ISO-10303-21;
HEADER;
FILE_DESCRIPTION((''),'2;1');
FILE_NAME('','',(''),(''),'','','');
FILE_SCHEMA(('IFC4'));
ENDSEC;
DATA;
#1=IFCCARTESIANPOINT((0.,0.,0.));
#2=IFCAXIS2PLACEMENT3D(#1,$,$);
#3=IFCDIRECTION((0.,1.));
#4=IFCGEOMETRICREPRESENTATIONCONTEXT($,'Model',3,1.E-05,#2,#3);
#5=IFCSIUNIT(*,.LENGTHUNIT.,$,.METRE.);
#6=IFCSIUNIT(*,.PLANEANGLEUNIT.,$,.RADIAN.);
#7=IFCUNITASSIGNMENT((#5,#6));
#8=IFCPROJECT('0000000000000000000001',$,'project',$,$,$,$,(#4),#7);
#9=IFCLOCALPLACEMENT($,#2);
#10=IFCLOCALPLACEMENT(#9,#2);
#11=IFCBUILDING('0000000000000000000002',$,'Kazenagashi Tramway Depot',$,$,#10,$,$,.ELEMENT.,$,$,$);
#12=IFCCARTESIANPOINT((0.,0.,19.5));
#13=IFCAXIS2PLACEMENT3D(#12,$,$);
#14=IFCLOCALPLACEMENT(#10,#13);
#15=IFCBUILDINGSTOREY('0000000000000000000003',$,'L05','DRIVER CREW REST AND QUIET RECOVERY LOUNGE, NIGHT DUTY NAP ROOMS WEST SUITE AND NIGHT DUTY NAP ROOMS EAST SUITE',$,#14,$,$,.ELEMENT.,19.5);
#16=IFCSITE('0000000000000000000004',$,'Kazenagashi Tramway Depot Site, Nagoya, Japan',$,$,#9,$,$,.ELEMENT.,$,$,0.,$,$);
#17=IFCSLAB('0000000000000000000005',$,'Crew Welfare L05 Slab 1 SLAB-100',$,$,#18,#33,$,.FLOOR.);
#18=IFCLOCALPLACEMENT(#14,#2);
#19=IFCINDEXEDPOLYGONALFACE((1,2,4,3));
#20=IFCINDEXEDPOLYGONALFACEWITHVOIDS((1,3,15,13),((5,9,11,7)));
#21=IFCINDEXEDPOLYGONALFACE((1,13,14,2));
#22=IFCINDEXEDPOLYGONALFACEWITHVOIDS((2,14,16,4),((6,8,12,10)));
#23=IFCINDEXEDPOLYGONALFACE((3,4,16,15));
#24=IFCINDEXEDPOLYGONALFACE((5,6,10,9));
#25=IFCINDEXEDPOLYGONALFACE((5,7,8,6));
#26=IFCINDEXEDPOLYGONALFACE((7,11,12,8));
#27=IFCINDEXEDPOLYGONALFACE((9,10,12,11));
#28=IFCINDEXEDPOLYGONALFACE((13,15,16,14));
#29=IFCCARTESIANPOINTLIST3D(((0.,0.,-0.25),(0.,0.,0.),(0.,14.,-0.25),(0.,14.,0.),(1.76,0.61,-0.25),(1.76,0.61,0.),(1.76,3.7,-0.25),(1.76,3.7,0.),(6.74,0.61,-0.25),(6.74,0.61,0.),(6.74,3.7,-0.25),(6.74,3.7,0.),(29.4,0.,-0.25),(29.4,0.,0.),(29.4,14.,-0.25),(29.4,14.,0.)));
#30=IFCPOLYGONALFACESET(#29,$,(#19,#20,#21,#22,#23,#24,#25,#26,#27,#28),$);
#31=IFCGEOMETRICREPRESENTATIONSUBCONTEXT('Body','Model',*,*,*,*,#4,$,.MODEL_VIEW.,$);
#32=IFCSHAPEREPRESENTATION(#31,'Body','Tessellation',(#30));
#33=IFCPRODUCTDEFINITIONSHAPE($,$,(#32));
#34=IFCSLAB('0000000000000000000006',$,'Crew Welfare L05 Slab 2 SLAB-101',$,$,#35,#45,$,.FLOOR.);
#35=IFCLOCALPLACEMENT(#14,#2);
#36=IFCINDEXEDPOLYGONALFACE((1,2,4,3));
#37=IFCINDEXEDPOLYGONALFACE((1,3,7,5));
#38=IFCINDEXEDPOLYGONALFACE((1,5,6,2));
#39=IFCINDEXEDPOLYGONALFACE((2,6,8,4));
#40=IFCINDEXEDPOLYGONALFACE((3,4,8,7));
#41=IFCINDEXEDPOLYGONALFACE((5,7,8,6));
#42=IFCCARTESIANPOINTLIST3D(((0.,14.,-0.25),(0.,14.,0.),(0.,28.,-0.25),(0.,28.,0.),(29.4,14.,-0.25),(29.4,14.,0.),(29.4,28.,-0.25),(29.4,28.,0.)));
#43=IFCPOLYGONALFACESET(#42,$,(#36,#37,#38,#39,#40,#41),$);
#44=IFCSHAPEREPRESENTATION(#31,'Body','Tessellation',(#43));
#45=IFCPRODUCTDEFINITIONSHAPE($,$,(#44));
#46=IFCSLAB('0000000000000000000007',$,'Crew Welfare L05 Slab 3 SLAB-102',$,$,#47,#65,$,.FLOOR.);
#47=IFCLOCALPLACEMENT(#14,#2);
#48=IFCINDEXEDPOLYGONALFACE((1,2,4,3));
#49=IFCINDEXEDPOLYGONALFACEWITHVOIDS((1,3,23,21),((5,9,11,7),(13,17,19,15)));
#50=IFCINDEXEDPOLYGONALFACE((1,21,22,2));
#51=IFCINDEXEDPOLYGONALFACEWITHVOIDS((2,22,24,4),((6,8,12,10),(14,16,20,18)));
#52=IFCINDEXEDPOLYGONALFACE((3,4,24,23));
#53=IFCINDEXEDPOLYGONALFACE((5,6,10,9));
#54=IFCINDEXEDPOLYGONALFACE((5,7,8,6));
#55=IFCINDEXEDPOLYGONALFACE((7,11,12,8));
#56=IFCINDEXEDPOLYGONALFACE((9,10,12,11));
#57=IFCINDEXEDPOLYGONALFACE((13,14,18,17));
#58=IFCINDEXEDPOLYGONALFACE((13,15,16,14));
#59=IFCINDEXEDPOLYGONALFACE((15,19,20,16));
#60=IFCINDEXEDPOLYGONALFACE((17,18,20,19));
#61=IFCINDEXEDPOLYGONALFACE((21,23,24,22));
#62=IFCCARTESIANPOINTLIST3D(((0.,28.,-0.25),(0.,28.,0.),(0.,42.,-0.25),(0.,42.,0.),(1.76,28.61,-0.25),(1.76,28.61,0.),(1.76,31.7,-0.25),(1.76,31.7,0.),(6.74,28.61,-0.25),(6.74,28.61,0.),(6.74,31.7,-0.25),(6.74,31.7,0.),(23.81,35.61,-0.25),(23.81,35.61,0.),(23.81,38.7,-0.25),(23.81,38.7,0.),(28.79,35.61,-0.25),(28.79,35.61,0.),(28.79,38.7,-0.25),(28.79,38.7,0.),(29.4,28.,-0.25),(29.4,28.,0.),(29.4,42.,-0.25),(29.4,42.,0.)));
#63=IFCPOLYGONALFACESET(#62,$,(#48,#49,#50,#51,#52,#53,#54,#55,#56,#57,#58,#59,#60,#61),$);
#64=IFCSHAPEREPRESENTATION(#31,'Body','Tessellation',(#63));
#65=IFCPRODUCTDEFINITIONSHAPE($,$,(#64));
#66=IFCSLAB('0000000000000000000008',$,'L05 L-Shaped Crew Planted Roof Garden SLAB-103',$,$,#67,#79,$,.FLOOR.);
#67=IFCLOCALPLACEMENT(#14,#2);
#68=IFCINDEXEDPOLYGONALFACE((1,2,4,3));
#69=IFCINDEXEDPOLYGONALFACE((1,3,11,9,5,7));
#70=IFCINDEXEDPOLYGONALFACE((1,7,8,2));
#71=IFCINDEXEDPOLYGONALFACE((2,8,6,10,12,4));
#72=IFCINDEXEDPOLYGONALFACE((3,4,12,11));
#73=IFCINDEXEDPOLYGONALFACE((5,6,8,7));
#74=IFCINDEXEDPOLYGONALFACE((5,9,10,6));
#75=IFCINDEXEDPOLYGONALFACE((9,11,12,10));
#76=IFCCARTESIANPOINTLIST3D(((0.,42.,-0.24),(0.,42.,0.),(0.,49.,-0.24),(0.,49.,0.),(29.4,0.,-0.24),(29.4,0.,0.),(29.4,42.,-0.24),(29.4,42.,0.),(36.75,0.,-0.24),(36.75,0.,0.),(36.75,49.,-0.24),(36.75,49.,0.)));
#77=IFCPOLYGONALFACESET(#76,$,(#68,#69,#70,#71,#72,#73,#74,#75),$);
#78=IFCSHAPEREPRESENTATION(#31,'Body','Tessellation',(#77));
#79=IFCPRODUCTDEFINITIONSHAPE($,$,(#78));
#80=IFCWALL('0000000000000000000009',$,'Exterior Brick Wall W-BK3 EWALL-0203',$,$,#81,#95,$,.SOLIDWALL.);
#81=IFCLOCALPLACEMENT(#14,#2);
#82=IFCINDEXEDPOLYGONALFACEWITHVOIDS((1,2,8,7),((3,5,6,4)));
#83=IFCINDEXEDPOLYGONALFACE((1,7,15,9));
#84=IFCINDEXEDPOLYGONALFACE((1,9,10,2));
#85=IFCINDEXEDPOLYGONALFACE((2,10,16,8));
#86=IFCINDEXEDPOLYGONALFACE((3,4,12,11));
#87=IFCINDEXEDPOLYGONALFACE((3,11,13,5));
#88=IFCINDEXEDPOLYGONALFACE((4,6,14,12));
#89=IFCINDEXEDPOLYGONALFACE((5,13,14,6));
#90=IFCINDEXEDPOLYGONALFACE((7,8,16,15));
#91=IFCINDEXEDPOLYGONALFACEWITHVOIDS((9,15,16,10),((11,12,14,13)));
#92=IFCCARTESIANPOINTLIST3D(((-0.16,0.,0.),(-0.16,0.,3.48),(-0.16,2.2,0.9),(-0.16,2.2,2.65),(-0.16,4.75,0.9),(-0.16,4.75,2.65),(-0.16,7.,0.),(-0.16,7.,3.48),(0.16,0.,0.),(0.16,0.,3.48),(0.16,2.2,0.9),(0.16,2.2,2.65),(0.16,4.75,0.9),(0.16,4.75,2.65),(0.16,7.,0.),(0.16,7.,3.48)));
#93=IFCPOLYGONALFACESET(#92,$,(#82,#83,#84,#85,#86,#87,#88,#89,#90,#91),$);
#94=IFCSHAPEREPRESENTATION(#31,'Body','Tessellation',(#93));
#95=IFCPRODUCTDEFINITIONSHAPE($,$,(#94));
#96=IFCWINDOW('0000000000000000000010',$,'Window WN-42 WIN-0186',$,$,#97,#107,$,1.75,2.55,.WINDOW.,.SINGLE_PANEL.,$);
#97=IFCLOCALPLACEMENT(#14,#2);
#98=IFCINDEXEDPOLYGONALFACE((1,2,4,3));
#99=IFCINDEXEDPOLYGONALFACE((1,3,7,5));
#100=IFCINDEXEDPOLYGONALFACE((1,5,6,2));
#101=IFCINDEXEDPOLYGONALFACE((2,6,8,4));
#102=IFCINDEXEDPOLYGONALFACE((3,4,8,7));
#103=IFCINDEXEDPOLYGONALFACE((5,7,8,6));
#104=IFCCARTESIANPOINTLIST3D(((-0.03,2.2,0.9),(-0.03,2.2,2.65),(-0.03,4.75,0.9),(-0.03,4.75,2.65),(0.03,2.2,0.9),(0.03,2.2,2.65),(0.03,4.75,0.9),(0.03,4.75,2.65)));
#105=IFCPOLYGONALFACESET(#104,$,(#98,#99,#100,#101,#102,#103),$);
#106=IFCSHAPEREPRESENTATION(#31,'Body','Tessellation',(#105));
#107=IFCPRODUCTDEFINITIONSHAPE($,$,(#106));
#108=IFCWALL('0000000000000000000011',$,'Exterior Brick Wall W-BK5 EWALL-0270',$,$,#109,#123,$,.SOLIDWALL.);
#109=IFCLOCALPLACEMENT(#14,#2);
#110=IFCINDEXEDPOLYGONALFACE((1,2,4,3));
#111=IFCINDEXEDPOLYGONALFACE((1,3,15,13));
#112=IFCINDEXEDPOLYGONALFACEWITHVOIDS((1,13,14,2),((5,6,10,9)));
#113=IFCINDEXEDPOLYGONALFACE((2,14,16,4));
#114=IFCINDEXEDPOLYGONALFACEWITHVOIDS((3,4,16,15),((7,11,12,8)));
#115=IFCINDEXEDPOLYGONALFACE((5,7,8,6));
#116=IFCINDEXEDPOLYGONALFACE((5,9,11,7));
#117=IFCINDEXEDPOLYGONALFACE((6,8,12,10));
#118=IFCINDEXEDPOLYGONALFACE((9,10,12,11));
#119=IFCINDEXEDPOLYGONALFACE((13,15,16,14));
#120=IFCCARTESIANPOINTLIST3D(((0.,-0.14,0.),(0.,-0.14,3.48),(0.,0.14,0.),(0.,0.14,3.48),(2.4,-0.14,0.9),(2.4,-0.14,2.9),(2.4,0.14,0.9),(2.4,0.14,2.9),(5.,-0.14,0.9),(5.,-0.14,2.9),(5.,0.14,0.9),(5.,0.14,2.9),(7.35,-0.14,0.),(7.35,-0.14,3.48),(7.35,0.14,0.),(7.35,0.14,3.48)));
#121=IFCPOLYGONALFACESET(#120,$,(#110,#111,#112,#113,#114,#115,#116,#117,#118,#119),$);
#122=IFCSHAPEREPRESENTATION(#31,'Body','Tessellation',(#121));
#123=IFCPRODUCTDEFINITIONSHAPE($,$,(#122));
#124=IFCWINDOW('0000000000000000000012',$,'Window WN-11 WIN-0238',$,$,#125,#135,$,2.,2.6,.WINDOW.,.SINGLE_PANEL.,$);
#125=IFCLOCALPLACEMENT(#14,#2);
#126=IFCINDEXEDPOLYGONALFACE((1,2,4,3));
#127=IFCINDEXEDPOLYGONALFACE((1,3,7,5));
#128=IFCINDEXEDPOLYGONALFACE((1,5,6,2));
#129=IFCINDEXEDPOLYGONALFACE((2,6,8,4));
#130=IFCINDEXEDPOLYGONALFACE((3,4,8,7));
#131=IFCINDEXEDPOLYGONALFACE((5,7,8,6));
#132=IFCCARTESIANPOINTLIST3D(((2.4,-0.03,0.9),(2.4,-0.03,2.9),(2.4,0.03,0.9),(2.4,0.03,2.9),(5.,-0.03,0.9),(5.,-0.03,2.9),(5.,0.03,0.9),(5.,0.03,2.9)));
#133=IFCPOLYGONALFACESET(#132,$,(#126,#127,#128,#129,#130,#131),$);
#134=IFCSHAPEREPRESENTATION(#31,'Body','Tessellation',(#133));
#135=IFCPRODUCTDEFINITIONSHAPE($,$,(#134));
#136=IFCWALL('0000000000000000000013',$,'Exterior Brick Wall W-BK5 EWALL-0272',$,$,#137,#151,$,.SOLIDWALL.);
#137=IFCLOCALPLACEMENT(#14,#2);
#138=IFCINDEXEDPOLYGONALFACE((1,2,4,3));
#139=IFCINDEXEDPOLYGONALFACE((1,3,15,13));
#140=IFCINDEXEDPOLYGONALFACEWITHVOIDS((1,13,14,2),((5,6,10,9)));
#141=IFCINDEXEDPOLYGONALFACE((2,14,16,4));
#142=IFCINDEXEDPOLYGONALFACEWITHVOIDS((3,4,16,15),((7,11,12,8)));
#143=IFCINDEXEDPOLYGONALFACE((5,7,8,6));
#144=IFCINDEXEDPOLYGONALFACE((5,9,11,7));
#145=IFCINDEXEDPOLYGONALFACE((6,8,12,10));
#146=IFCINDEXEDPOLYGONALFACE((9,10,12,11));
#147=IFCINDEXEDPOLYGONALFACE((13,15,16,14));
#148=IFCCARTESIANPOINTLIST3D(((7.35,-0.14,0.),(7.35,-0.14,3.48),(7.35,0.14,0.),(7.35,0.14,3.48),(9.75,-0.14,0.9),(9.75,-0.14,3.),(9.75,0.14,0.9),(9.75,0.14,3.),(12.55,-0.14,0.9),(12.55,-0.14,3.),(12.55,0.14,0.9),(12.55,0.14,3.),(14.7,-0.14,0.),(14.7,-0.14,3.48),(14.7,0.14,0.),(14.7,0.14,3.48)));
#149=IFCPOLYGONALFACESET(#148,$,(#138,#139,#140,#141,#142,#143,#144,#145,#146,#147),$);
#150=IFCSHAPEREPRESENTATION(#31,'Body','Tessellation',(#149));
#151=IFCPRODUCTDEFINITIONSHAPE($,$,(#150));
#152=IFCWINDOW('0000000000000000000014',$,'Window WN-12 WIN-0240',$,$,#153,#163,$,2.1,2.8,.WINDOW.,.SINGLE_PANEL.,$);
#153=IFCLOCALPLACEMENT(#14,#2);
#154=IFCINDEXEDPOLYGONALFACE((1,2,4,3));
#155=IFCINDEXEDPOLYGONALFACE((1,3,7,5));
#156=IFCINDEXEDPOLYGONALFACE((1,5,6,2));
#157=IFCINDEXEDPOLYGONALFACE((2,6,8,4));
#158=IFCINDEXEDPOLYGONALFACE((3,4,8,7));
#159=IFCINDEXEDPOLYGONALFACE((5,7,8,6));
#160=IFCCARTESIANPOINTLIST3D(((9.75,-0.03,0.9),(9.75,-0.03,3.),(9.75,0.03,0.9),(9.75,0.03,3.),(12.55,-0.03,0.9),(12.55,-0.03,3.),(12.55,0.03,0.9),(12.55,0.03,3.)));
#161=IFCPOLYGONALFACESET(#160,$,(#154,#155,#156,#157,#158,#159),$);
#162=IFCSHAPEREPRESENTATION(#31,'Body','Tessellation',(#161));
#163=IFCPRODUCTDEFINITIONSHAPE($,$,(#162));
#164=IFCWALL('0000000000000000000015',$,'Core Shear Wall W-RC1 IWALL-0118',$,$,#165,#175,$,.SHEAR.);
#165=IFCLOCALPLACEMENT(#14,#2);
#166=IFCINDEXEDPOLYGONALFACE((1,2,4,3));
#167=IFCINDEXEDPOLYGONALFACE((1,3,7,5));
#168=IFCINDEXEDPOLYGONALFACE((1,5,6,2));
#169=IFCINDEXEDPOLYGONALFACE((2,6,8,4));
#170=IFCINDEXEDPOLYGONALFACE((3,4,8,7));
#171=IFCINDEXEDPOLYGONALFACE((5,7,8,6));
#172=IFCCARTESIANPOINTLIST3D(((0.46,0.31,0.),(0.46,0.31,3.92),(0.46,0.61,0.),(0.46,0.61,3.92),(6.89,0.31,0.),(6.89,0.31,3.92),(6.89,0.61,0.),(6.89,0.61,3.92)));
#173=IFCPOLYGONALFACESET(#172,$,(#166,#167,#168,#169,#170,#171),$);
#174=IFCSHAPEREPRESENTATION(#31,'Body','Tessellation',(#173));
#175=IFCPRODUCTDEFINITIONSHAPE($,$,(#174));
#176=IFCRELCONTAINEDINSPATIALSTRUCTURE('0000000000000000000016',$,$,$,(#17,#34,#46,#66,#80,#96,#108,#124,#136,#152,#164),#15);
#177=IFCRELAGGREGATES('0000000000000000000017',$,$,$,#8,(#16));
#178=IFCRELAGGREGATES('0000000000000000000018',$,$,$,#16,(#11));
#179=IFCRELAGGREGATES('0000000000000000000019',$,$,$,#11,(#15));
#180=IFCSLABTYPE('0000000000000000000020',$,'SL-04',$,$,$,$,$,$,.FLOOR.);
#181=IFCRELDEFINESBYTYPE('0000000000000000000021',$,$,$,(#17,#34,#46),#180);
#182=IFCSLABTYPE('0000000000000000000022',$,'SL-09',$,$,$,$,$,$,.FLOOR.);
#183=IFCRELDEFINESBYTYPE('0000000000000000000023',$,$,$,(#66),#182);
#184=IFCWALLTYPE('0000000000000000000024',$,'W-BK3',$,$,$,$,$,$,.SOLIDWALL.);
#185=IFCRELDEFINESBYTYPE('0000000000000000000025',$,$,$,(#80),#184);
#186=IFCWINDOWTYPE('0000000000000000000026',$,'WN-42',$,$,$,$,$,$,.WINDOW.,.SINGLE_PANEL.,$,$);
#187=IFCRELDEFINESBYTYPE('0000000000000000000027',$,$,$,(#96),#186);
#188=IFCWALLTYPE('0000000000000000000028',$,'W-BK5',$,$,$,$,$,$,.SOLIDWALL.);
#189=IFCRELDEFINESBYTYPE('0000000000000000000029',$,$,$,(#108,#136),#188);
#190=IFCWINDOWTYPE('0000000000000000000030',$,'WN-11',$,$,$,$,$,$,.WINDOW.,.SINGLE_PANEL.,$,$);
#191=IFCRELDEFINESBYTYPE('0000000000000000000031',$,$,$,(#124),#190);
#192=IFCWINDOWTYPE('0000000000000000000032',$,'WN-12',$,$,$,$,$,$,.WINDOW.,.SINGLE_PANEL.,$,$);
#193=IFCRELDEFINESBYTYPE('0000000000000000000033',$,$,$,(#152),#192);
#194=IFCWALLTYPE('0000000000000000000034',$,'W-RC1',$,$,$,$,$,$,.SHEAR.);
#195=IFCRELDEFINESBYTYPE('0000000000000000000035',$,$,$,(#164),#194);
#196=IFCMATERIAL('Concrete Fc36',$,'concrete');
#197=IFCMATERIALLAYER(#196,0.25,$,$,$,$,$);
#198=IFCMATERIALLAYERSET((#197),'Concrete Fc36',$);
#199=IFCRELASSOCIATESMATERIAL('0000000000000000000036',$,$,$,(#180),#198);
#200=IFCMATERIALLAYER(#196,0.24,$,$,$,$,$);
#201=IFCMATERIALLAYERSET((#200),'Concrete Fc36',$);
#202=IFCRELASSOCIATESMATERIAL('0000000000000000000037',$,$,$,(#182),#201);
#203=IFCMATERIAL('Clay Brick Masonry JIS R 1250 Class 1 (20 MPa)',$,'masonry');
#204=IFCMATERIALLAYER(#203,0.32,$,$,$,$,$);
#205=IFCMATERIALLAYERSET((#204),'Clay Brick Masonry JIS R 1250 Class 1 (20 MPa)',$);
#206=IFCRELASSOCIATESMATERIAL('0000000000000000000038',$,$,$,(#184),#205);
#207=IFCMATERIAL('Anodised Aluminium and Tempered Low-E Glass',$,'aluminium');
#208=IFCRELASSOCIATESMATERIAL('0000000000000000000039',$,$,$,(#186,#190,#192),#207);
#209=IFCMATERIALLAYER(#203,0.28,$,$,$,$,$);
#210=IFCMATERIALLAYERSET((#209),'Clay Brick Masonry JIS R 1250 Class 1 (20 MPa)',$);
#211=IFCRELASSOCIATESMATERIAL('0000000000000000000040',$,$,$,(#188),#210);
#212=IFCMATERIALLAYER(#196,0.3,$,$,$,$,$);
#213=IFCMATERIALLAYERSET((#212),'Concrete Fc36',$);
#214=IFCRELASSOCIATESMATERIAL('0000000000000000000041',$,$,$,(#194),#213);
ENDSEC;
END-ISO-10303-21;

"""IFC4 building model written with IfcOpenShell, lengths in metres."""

from ifc_helpers import new_model, si_unit, direction, frame, frame_2d, origin, origin_with_axes, place, context, subcontext, project, spatial, polyline, rectangle, outline, extrude, material, layer, layer_set, type_object, element, fill, save


model = new_model("IFC4")

# Units and contexts
model_context = context("Model", 3, precision=1e-05, world=origin(), true_north=direction((0.0, 1.0)))
body_context = subcontext(model_context, "Body", "Model", "MODEL_VIEW")
ifc_project = project(units=[si_unit("LENGTHUNIT", "METRE"), si_unit("PLANEANGLEUNIT", "RADIAN")], contexts=[model_context])

# Site, building, storey
site_placement = place(None, origin())
site = spatial("IfcSite", under=ifc_project, at=site_placement, Name="Kazenagashi Tramway Depot Site, Nagoya, Japan", CompositionType="ELEMENT", RefElevation=0.0)
building_placement = place(site_placement, origin())
building = spatial("IfcBuilding", under=site, at=building_placement, Name="Kazenagashi Tramway Depot", CompositionType="ELEMENT")
storey_placement = place(building_placement, frame((0.0, 0.0, 19.5)))
storey = spatial("IfcBuildingStorey", under=building, at=storey_placement, Name="L05", Description="DRIVER CREW REST AND QUIET RECOVERY LOUNGE, NIGHT DUTY NAP ROOMS WEST SUITE AND NIGHT DUTY NAP ROOMS EAST SUITE", CompositionType="ELEMENT", Elevation=19.5)

# Slabs
ifc_material_1 = material(Name="Concrete Fc36", Category="concrete")
ifc_layer_1 = layer(ifc_material_1, 0.25)
ifc_layer_set_1 = layer_set([ifc_layer_1], Name="Concrete Fc36")
slab_type_1 = type_object("IfcSlabType", Name="SL-04", PredefinedType="FLOOR", material=ifc_layer_set_1)
slab_1_placement = place(storey_placement, frame((0.0, 0.0, -0.25)))
element("IfcSlab", 1, at=slab_1_placement, inside=storey, type_object=slab_type_1, Name="Crew Welfare L05 Slab 1 SLAB-100", PredefinedType="FLOOR", context=body_context, shape_type="SweptSolid", body=[
    extrude(outline(polyline([(0.0, 14.0), (29.4, 14.0), (29.4, 0.0), (0.0, 0.0), (0.0, 14.0)]), holes=[polyline([(6.74, 3.7), (1.76, 3.7), (1.76, 0.61), (6.74, 0.61), (6.74, 3.7)])]), origin(), (0.0, 0.0, 1.0), 0.25),
])
slab_2_placement = place(storey_placement, frame((0.0, 0.0, -0.25)))
element("IfcSlab", 2, at=slab_2_placement, inside=storey, type_object=slab_type_1, Name="Crew Welfare L05 Slab 2 SLAB-101", PredefinedType="FLOOR", context=body_context, shape_type="SweptSolid", body=[
    extrude(outline(polyline([(0.0, 14.0), (29.4, 14.0), (29.4, 28.0), (0.0, 28.0), (0.0, 14.0)])), origin(), (0.0, 0.0, 1.0), 0.25),
])
slab_3_placement = place(storey_placement, frame((0.0, 0.0, -0.25)))
element("IfcSlab", 3, at=slab_3_placement, inside=storey, type_object=slab_type_1, Name="Crew Welfare L05 Slab 3 SLAB-102", PredefinedType="FLOOR", context=body_context, shape_type="SweptSolid", body=[
    extrude(outline(polyline([(0.0, 42.0), (29.4, 42.0), (29.4, 28.0), (0.0, 28.0), (0.0, 42.0)]), holes=[polyline([(6.74, 28.61), (6.74, 31.7), (1.76, 31.7), (1.76, 28.61), (6.74, 28.61)]), polyline([(28.79, 35.61), (28.79, 38.7), (23.81, 38.7), (23.81, 35.61), (28.79, 35.61)])]), origin(), (0.0, 0.0, 1.0), 0.25),
])
ifc_layer_2 = layer(ifc_material_1, 0.24)
ifc_layer_set_2 = layer_set([ifc_layer_2], Name="Concrete Fc36")
slab_type_2 = type_object("IfcSlabType", Name="SL-09", PredefinedType="FLOOR", material=ifc_layer_set_2)
slab_4_placement = place(storey_placement, frame((0.0, 0.0, -0.24)))
element("IfcSlab", 4, at=slab_4_placement, inside=storey, type_object=slab_type_2, Name="L05 L-Shaped Crew Planted Roof Garden SLAB-103", PredefinedType="FLOOR", context=body_context, shape_type="SweptSolid", body=[
    extrude(outline(polyline([(0.0, 42.0), (29.4, 42.0), (29.4, 0.0), (36.75, 0.0), (36.75, 49.0), (0.0, 49.0), (0.0, 42.0)])), origin(), (0.0, 0.0, 1.0), 0.24),
])

# Walls, openings, windows
ifc_material_2 = material(Name="Clay Brick Masonry JIS R 1250 Class 1 (20 MPa)", Category="masonry")
ifc_layer_3 = layer(ifc_material_2, 0.32)
ifc_layer_set_3 = layer_set([ifc_layer_3], Name="Clay Brick Masonry JIS R 1250 Class 1 (20 MPa)")
wall_type_1 = type_object("IfcWallType", Name="W-BK3", PredefinedType="SOLIDWALL", material=ifc_layer_set_3)
wall_1_placement = place(storey_placement, frame((0.0, 0.0, 0.0), z_axis=(0.0, 0.0, 1.0), x_axis=(0.0, 1.0, 0.0)))
wall_1 = element("IfcWall", 5, at=wall_1_placement, inside=storey, type_object=wall_type_1, Name="Exterior Brick Wall W-BK3 EWALL-0203", PredefinedType="SOLIDWALL", context=body_context, shape_type="SweptSolid", body=[
    extrude(rectangle(XDim=7.0, YDim=0.32, at=frame_2d((3.5, 0.0))), origin(), (0.0, 0.0, 1.0), 3.48),
])
opening_1_placement = place(wall_1_placement, frame((2.2, 0.0, 0.9)))
opening_1 = element("IfcOpeningElement", 6, at=opening_1_placement, cuts=wall_1, PredefinedType="OPENING", context=body_context, shape_type="SweptSolid", body=[
    extrude(rectangle(XDim=2.55, YDim=1.75, at=frame_2d((1.275, 0.875))), frame((0.0, 0.17, 0.0), z_axis=(0.0, -1.0, 0.0), x_axis=(1.0, 0.0, 0.0)), (0.0, 0.0, 1.0), 0.34),
])
ifc_material_3 = material(Name="Anodised Aluminium and Tempered Low-E Glass", Category="aluminium")
window_type_1 = type_object("IfcWindowType", Name="WN-42", PartitioningType="SINGLE_PANEL", PredefinedType="WINDOW", material=ifc_material_3)
window_1_placement = place(opening_1_placement, origin())
window_1 = element("IfcWindow", 7, at=window_1_placement, inside=storey, type_object=window_type_1, Name="Window WN-42 WIN-0186", OverallHeight=1.75, OverallWidth=2.55, PartitioningType="SINGLE_PANEL", PredefinedType="WINDOW", context=body_context, shape_type="SweptSolid", body=[
    extrude(rectangle(XDim=2.55, YDim=1.75, at=frame_2d((1.275, 0.875))), frame((0.0, 0.03, 0.0), z_axis=(0.0, -1.0, 0.0), x_axis=(1.0, 0.0, 0.0)), (0.0, 0.0, 1.0), 0.06),
])
fill(opening_1, window_1)
ifc_layer_4 = layer(ifc_material_2, 0.28)
ifc_layer_set_4 = layer_set([ifc_layer_4], Name="Clay Brick Masonry JIS R 1250 Class 1 (20 MPa)")
wall_type_2 = type_object("IfcWallType", Name="W-BK5", PredefinedType="SOLIDWALL", material=ifc_layer_set_4)
wall_2_placement = place(storey_placement, origin_with_axes())
wall_2 = element("IfcWall", 8, at=wall_2_placement, inside=storey, type_object=wall_type_2, Name="Exterior Brick Wall W-BK5 EWALL-0270", PredefinedType="SOLIDWALL", context=body_context, shape_type="SweptSolid", body=[
    extrude(rectangle(XDim=7.35, YDim=0.28, at=frame_2d((3.675, 0.0))), origin(), (0.0, 0.0, 1.0), 3.48),
])
opening_2_placement = place(wall_2_placement, frame((2.4, 0.0, 0.9)))
opening_2 = element("IfcOpeningElement", 9, at=opening_2_placement, cuts=wall_2, PredefinedType="OPENING", context=body_context, shape_type="SweptSolid", body=[
    extrude(rectangle(XDim=2.6, YDim=2.0, at=frame_2d((1.3, 1.0))), frame((0.0, 0.15, 0.0), z_axis=(0.0, -1.0, 0.0), x_axis=(1.0, 0.0, 0.0)), (0.0, 0.0, 1.0), 0.3),
])
window_type_2 = type_object("IfcWindowType", Name="WN-11", PartitioningType="SINGLE_PANEL", PredefinedType="WINDOW", material=ifc_material_3)
window_2_placement = place(opening_2_placement, origin())
window_2 = element("IfcWindow", 10, at=window_2_placement, inside=storey, type_object=window_type_2, Name="Window WN-11 WIN-0238", OverallHeight=2.0, OverallWidth=2.6, PartitioningType="SINGLE_PANEL", PredefinedType="WINDOW", context=body_context, shape_type="SweptSolid", body=[
    extrude(rectangle(XDim=2.6, YDim=2.0, at=frame_2d((1.3, 1.0))), frame((0.0, 0.03, 0.0), z_axis=(0.0, -1.0, 0.0), x_axis=(1.0, 0.0, 0.0)), (0.0, 0.0, 1.0), 0.06),
])
fill(opening_2, window_2)
wall_3_placement = place(storey_placement, frame((7.35, 0.0, 0.0), z_axis=(0.0, 0.0, 1.0), x_axis=(1.0, 0.0, 0.0)))
wall_3 = element("IfcWall", 11, at=wall_3_placement, inside=storey, type_object=wall_type_2, Name="Exterior Brick Wall W-BK5 EWALL-0272", PredefinedType="SOLIDWALL", context=body_context, shape_type="SweptSolid", body=[
    extrude(rectangle(XDim=7.35, YDim=0.28, at=frame_2d((3.675, 0.0))), origin(), (0.0, 0.0, 1.0), 3.48),
])
opening_3_placement = place(wall_3_placement, frame((2.4, 0.0, 0.9)))
opening_3 = element("IfcOpeningElement", 12, at=opening_3_placement, cuts=wall_3, PredefinedType="OPENING", context=body_context, shape_type="SweptSolid", body=[
    extrude(rectangle(XDim=2.8, YDim=2.1, at=frame_2d((1.4, 1.05))), frame((0.0, 0.15, 0.0), z_axis=(0.0, -1.0, 0.0), x_axis=(1.0, 0.0, 0.0)), (0.0, 0.0, 1.0), 0.3),
])
window_type_3 = type_object("IfcWindowType", Name="WN-12", PartitioningType="SINGLE_PANEL", PredefinedType="WINDOW", material=ifc_material_3)
window_3_placement = place(opening_3_placement, origin())
window_3 = element("IfcWindow", 13, at=window_3_placement, inside=storey, type_object=window_type_3, Name="Window WN-12 WIN-0240", OverallHeight=2.1, OverallWidth=2.8, PartitioningType="SINGLE_PANEL", PredefinedType="WINDOW", context=body_context, shape_type="SweptSolid", body=[
    extrude(rectangle(XDim=2.8, YDim=2.1, at=frame_2d((1.4, 1.05))), frame((0.0, 0.03, 0.0), z_axis=(0.0, -1.0, 0.0), x_axis=(1.0, 0.0, 0.0)), (0.0, 0.0, 1.0), 0.06),
])
fill(opening_3, window_3)

# Wall
ifc_layer_5 = layer(ifc_material_1, 0.3)
ifc_layer_set_5 = layer_set([ifc_layer_5], Name="Concrete Fc36")
wall_type_3 = type_object("IfcWallType", Name="W-RC1", PredefinedType="SHEAR", material=ifc_layer_set_5)
wall_4_placement = place(storey_placement, frame((0.46, 0.46, 0.0), z_axis=(0.0, 0.0, 1.0), x_axis=(1.0, 0.0, 0.0)))
element("IfcWall", 14, at=wall_4_placement, inside=storey, type_object=wall_type_3, Name="Core Shear Wall W-RC1 IWALL-0118", PredefinedType="SHEAR", context=body_context, shape_type="SweptSolid", body=[
    extrude(rectangle(XDim=6.43, YDim=0.3, at=frame_2d((3.215, 0.0))), origin(), (0.0, 0.0, 1.0), 3.92),
])

save(model, "model.ifc")
